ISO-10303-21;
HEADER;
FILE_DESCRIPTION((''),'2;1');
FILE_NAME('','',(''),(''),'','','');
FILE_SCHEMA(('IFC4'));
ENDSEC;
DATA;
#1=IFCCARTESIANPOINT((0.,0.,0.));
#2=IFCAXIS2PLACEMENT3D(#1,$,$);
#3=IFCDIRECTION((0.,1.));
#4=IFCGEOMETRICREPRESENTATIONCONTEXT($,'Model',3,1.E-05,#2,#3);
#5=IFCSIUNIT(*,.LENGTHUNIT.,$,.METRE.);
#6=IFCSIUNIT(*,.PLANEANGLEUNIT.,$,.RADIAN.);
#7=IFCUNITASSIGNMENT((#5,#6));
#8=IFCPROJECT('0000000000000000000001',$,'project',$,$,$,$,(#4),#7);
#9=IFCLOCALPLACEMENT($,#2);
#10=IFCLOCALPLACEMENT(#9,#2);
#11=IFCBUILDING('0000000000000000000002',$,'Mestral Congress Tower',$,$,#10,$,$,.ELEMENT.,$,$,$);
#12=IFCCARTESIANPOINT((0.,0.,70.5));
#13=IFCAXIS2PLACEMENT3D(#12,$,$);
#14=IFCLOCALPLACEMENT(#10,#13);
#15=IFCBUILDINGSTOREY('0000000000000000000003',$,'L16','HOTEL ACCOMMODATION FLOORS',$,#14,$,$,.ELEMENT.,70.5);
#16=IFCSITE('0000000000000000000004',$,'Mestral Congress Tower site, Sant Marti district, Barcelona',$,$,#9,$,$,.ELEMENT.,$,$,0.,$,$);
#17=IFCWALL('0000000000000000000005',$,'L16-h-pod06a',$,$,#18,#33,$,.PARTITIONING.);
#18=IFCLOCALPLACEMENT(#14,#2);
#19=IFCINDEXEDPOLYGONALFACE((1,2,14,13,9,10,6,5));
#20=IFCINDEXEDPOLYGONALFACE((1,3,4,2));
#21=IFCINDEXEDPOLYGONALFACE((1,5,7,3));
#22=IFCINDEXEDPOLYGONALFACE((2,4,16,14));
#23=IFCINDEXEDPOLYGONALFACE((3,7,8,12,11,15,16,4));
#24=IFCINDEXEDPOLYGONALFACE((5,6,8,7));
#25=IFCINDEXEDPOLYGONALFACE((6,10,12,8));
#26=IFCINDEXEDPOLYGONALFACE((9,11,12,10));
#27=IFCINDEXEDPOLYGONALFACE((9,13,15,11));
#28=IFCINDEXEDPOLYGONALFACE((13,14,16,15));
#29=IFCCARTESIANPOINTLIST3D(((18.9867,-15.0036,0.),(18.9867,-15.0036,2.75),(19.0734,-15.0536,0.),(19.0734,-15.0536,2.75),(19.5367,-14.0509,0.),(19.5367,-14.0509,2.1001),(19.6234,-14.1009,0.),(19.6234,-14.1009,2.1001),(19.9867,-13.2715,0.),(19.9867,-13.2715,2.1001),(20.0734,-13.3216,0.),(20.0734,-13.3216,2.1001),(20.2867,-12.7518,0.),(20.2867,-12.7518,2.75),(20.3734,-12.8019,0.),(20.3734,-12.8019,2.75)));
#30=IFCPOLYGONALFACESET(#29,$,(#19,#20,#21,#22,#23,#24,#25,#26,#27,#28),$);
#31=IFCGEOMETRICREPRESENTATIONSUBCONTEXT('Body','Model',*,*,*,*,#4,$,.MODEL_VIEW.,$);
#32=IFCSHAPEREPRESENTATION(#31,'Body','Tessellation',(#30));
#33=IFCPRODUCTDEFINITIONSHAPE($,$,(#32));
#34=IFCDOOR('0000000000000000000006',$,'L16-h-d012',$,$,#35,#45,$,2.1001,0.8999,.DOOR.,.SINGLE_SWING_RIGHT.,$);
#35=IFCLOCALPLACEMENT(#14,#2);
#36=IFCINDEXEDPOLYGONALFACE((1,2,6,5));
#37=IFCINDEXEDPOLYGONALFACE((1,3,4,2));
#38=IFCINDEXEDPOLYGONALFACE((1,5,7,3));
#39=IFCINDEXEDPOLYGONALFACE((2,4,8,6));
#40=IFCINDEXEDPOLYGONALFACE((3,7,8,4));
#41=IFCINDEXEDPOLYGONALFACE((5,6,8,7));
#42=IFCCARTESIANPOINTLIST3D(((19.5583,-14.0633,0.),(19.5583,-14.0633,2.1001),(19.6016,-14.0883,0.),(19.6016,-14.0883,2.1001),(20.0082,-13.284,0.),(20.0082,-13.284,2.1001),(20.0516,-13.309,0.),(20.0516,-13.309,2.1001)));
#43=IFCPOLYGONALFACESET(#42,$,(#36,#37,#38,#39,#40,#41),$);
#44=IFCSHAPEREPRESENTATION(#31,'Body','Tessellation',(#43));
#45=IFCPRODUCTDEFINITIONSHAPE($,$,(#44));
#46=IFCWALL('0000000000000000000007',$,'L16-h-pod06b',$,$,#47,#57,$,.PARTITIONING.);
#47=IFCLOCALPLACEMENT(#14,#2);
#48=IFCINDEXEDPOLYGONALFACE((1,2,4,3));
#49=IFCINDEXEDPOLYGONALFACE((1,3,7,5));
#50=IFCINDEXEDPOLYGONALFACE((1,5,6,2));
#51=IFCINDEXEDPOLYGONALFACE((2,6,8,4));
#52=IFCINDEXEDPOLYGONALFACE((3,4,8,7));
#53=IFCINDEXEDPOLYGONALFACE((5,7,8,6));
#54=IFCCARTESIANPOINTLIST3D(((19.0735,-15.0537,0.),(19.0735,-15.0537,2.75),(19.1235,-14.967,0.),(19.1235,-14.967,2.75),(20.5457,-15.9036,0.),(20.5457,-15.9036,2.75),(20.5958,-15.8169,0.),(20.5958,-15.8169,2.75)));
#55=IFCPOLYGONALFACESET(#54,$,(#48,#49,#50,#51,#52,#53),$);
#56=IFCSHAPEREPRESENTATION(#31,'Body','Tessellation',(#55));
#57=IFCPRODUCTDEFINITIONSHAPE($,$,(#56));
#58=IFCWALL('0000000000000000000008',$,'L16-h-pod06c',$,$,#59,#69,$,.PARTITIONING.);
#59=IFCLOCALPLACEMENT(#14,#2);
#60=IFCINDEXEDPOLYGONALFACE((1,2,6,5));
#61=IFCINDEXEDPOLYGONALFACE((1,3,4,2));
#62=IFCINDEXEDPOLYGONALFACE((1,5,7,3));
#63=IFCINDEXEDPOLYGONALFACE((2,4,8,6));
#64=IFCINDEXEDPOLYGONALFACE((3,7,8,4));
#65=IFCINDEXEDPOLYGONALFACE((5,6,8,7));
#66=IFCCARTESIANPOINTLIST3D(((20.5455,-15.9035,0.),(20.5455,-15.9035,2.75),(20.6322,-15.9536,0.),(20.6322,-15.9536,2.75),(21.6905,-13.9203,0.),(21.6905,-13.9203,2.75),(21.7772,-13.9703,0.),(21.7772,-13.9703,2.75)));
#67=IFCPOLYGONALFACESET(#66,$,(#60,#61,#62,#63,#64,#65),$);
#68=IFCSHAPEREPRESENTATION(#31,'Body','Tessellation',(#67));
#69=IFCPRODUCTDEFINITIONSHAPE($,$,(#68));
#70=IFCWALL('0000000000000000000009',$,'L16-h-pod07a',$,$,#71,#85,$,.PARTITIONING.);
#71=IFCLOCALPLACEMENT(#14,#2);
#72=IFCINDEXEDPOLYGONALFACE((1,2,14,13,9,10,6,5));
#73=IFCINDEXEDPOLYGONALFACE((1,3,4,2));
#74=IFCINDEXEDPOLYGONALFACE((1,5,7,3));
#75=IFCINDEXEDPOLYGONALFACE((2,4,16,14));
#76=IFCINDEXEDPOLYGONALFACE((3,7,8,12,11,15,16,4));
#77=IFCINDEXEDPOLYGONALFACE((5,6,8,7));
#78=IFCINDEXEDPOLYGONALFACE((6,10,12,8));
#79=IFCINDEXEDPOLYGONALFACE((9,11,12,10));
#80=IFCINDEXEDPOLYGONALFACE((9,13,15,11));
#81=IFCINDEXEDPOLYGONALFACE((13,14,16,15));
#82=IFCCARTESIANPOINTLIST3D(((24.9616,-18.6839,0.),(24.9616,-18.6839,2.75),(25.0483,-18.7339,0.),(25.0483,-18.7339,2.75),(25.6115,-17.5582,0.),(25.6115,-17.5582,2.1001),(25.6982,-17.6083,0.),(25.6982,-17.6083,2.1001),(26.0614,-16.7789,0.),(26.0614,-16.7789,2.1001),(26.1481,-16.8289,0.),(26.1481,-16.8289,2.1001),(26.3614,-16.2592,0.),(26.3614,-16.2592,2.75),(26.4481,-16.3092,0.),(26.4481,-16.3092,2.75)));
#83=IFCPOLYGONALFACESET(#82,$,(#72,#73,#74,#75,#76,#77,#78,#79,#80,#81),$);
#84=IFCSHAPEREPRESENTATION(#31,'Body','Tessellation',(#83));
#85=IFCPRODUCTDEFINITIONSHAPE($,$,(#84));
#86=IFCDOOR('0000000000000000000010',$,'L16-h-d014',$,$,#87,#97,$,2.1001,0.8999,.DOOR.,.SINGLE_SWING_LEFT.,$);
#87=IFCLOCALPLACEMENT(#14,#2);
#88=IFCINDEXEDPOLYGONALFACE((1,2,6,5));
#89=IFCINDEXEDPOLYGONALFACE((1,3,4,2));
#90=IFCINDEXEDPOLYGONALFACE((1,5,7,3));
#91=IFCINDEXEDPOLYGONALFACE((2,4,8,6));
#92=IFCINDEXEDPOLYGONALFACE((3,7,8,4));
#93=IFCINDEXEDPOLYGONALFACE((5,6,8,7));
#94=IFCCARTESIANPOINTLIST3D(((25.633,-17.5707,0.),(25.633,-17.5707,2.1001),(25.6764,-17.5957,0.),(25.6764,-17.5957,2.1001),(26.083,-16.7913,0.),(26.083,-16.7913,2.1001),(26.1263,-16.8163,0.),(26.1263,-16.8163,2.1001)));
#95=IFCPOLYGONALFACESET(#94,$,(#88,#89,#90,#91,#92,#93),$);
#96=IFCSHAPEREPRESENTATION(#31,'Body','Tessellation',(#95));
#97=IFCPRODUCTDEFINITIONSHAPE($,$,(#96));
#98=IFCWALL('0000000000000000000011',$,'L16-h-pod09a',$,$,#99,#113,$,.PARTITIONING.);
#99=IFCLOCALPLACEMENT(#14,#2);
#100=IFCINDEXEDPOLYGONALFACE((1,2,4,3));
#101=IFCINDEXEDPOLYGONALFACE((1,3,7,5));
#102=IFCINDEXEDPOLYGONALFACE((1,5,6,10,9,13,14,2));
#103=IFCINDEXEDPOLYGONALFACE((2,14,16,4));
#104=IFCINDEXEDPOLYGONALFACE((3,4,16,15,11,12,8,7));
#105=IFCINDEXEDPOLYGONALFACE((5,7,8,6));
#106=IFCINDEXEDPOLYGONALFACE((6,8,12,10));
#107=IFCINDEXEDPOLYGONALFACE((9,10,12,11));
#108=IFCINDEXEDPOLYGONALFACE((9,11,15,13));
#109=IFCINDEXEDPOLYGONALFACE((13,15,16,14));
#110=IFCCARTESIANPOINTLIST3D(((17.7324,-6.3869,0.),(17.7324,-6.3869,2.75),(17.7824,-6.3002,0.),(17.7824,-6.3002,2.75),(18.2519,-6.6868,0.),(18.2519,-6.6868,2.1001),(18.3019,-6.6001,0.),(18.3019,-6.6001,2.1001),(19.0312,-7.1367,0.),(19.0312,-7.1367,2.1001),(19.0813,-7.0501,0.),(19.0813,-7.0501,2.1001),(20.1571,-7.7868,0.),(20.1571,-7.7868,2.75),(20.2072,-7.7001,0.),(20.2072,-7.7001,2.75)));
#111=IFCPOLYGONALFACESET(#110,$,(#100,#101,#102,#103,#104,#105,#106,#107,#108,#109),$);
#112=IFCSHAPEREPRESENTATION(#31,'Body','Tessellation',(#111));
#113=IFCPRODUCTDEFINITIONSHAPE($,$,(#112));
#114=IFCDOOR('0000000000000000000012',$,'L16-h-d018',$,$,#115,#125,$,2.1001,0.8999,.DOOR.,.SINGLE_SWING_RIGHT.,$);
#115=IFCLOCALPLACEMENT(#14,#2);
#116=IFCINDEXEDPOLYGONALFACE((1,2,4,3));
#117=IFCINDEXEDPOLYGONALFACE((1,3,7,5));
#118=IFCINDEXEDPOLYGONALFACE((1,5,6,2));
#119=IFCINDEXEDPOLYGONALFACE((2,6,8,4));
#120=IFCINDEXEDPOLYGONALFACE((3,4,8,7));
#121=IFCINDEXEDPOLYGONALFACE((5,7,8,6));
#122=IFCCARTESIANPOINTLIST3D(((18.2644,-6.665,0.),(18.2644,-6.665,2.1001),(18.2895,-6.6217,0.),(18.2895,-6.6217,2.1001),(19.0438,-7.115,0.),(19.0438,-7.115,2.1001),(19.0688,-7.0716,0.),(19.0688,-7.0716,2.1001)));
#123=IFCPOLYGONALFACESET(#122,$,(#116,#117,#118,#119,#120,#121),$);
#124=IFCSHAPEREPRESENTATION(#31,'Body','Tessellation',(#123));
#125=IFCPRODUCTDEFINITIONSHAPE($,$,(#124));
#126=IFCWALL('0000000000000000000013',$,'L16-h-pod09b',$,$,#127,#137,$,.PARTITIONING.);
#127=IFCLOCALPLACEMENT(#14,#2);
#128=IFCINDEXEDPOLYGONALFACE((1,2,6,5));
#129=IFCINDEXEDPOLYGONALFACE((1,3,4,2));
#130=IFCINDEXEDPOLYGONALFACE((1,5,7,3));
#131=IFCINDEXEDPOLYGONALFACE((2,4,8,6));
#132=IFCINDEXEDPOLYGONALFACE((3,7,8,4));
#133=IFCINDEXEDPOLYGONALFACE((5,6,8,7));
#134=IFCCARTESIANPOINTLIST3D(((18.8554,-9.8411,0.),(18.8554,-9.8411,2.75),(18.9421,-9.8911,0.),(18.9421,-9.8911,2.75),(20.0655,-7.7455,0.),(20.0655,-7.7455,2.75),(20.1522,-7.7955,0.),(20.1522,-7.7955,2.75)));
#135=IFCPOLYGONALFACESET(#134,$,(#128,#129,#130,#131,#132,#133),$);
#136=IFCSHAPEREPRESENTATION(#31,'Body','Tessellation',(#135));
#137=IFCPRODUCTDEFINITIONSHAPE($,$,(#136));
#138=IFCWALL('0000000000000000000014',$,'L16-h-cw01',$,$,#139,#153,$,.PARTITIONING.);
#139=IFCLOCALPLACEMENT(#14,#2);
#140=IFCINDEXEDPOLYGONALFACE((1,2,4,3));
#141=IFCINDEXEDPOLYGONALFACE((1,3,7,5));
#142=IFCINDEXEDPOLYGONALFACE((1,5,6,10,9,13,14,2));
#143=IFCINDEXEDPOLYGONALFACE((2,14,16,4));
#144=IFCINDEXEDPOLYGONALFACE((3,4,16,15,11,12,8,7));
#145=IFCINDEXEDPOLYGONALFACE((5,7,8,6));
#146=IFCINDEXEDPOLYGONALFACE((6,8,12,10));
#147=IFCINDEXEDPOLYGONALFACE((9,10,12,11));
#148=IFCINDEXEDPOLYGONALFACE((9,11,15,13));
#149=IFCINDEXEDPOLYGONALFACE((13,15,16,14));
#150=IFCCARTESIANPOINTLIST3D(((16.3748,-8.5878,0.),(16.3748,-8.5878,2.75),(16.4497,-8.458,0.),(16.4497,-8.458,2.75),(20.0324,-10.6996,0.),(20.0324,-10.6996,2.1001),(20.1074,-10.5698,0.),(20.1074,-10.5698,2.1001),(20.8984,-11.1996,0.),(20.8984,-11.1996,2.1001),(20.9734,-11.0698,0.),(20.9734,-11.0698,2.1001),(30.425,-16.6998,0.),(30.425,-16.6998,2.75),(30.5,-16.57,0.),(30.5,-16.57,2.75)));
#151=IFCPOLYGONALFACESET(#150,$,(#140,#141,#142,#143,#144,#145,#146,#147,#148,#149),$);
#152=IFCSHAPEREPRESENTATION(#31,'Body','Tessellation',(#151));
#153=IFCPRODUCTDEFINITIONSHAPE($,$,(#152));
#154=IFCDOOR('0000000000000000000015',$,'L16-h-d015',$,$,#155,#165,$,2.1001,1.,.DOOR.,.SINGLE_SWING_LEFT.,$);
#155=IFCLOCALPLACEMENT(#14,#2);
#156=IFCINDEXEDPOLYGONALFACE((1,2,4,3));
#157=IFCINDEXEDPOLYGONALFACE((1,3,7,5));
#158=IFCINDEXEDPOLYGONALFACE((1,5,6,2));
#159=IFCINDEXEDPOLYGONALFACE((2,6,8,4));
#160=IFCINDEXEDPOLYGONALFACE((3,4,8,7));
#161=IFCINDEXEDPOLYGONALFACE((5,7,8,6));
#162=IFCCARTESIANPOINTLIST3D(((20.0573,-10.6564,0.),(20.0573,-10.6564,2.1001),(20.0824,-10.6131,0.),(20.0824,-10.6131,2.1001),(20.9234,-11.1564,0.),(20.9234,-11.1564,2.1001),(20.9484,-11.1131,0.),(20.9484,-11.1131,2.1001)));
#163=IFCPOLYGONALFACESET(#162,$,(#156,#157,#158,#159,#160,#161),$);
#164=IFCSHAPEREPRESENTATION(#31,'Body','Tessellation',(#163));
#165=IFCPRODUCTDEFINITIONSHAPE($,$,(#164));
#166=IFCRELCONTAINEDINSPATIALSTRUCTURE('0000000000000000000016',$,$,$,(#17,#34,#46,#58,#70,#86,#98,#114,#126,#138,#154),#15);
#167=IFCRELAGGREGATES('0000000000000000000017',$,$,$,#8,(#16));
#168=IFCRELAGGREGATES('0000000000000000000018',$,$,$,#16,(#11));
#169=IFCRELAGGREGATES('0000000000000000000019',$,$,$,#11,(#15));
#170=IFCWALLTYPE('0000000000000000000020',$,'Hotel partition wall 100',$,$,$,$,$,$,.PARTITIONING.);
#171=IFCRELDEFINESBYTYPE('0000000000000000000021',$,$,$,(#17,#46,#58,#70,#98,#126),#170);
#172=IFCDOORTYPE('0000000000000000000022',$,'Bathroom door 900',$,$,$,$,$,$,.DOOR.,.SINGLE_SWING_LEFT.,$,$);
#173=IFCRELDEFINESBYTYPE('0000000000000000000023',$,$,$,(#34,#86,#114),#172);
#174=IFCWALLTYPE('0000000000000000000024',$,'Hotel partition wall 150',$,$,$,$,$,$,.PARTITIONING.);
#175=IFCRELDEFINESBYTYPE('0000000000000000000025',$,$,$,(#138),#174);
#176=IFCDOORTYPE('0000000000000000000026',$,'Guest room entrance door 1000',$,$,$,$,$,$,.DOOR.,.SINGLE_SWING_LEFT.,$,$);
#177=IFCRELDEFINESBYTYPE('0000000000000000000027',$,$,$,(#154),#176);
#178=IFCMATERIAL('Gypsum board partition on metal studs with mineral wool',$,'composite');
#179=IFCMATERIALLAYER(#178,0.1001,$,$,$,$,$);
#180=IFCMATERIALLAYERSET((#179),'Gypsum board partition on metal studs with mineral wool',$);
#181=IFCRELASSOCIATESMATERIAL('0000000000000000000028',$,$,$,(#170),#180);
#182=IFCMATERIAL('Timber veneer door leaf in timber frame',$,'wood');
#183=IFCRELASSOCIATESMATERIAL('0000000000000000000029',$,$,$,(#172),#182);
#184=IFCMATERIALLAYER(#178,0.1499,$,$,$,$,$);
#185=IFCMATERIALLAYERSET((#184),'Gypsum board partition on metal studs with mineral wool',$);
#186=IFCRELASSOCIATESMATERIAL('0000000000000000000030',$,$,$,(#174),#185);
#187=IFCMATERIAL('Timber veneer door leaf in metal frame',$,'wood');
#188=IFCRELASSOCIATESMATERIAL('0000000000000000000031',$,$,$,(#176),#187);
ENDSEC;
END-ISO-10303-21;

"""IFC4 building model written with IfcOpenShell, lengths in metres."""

from ifc_helpers import new_model, si_unit, direction, frame, frame_2d, origin, place, context, subcontext, project, spatial, rectangle, extrude, material, layer, layer_set, type_object, element, fill, save


model = new_model("IFC4")

# Units and contexts
model_context = context("Model", 3, precision=1e-05, world=origin(), true_north=direction((0.0, 1.0)))
body_context = subcontext(model_context, "Body", "Model", "MODEL_VIEW")
ifc_project = project(units=[si_unit("LENGTHUNIT", "METRE"), si_unit("PLANEANGLEUNIT", "RADIAN")], contexts=[model_context])

# Site, building, storey
site_placement = place(None, origin())
site = spatial("IfcSite", under=ifc_project, at=site_placement, Name="Mestral Congress Tower site, Sant Marti district, Barcelona", CompositionType="ELEMENT", RefElevation=0.0)
building_placement = place(site_placement, origin())
building = spatial("IfcBuilding", under=site, at=building_placement, Name="Mestral Congress Tower", CompositionType="ELEMENT")
storey_placement = place(building_placement, frame((0.0, 0.0, 70.5)))
storey = spatial("IfcBuildingStorey", under=building, at=storey_placement, Name="L16", Description="HOTEL ACCOMMODATION FLOORS", CompositionType="ELEMENT", Elevation=70.5)

# Wall, opening, door
ifc_material_1 = material(Name="Gypsum board partition on metal studs with mineral wool", Category="composite")
ifc_layer_1 = layer(ifc_material_1, 0.1001)
ifc_layer_set_1 = layer_set([ifc_layer_1], Name="Gypsum board partition on metal studs with mineral wool")
wall_type_1 = type_object("IfcWallType", Name="Hotel partition wall 100", PredefinedType="PARTITIONING", material=ifc_layer_set_1)
wall_1_placement = place(storey_placement, frame((20.3301, -12.7769, 0.0), z_axis=(0.0, 0.0, 1.0), x_axis=(-0.500007, -0.866021, 0.0)))
wall_1 = element("IfcWall", 1, at=wall_1_placement, inside=storey, type_object=wall_type_1, Name="L16-h-pod06a", PredefinedType="PARTITIONING", context=body_context, shape_type="SweptSolid", body=[
    extrude(rectangle(XDim=2.6001, YDim=0.1001, at=frame_2d((1.3, 0.0))), origin(), (0.0, 0.0, 1.0), 2.75),
])
opening_1_placement = place(wall_1_placement, frame((0.6001, 0.0, 0.0)))
opening_1 = element("IfcOpeningElement", 2, at=opening_1_placement, cuts=wall_1, PredefinedType="OPENING", context=body_context, shape_type="SweptSolid", body=[
    extrude(rectangle(XDim=0.8999, YDim=2.1001, at=frame_2d((0.45, 1.05))), frame((0.0, 0.0601, 0.0), z_axis=(0.0, -1.0, 0.0), x_axis=(1.0, 0.0, 0.0)), (0.0, 0.0, 1.0), 0.1201),
])
ifc_material_2 = material(Name="Timber veneer door leaf in timber frame", Category="wood")
door_type_1 = type_object("IfcDoorType", Name="Bathroom door 900", OperationType="SINGLE_SWING_LEFT", PredefinedType="DOOR", material=ifc_material_2)
door_1_placement = place(opening_1_placement, origin())
door_1 = element("IfcDoor", 3, at=door_1_placement, inside=storey, type_object=door_type_1, Name="L16-h-d012", OperationType="SINGLE_SWING_RIGHT", OverallHeight=2.1001, OverallWidth=0.8999, PredefinedType="DOOR", context=body_context, shape_type="SweptSolid", body=[
    extrude(rectangle(XDim=0.8999, YDim=2.1001, at=frame_2d((0.45, 1.05))), frame((0.0, 0.0249, 0.0), z_axis=(0.0, -1.0, 0.0), x_axis=(1.0, 0.0, 0.0)), (0.0, 0.0, 1.0), 0.05),
])
fill(opening_1, door_1)

# Walls
wall_2_placement = place(storey_placement, frame((19.0984, -15.0103, 0.0), z_axis=(0.0, 0.0, 1.0), x_axis=(0.866052, -0.499955, 0.0)))
element("IfcWall", 4, at=wall_2_placement, inside=storey, type_object=wall_type_1, Name="L16-h-pod06b", PredefinedType="PARTITIONING", context=body_context, shape_type="SweptSolid", body=[
    extrude(rectangle(XDim=1.7, YDim=0.1001, at=frame_2d((0.8501, 0.0))), origin(), (0.0, 0.0, 1.0), 2.75),
])
wall_3_placement = place(storey_placement, frame((21.7339, -13.9453, 0.0), z_axis=(0.0, 0.0, 1.0), x_axis=(-0.500015, -0.866017, 0.0)))
element("IfcWall", 5, at=wall_3_placement, inside=storey, type_object=wall_type_1, Name="L16-h-pod06c", PredefinedType="PARTITIONING", context=body_context, shape_type="SweptSolid", body=[
    extrude(rectangle(XDim=2.29, YDim=0.1001, at=frame_2d((1.145, 0.0))), origin(), (0.0, 0.0, 1.0), 2.75),
])

# Walls, openings, doors
wall_4_placement = place(storey_placement, frame((26.4048, -16.2842, 0.0), z_axis=(0.0, 0.0, 1.0), x_axis=(-0.499984, -0.866035, 0.0)))
wall_4 = element("IfcWall", 6, at=wall_4_placement, inside=storey, type_object=wall_type_1, Name="L16-h-pod07a", PredefinedType="PARTITIONING", context=body_context, shape_type="SweptSolid", body=[
    extrude(rectangle(XDim=2.7998, YDim=0.1001, at=frame_2d((1.3999, 0.0))), origin(), (0.0, 0.0, 1.0), 2.75),
])
opening_2_placement = place(wall_4_placement, frame((0.6001, 0.0, 0.0)))
opening_2 = element("IfcOpeningElement", 7, at=opening_2_placement, cuts=wall_4, PredefinedType="OPENING", context=body_context, shape_type="SweptSolid", body=[
    extrude(rectangle(XDim=0.8999, YDim=2.1001, at=frame_2d((0.45, 1.05))), frame((0.0, 0.0601, 0.0), z_axis=(0.0, -1.0, 0.0), x_axis=(1.0, 0.0, 0.0)), (0.0, 0.0, 1.0), 0.1201),
])
door_2_placement = place(opening_2_placement, origin())
door_2 = element("IfcDoor", 8, at=door_2_placement, inside=storey, type_object=door_type_1, Name="L16-h-d014", OperationType="SINGLE_SWING_LEFT", OverallHeight=2.1001, OverallWidth=0.8999, PredefinedType="DOOR", context=body_context, shape_type="SweptSolid", body=[
    extrude(rectangle(XDim=0.8999, YDim=2.1001, at=frame_2d((0.45, 1.05))), frame((0.0, 0.0249, 0.0), z_axis=(0.0, -1.0, 0.0), x_axis=(1.0, 0.0, 0.0)), (0.0, 0.0, 1.0), 0.05),
])
fill(opening_2, door_2)
wall_5_placement = place(storey_placement, frame((20.1821, -7.7434, 0.0), z_axis=(0.0, 0.0, 1.0), x_axis=(-0.866035, 0.499984, 0.0)))
wall_5 = element("IfcWall", 9, at=wall_5_placement, inside=storey, type_object=wall_type_1, Name="L16-h-pod09a", PredefinedType="PARTITIONING", context=body_context, shape_type="SweptSolid", body=[
    extrude(rectangle(XDim=2.7998, YDim=0.1001, at=frame_2d((1.3999, 0.0))), origin(), (0.0, 0.0, 1.0), 2.75),
])
opening_3_placement = place(wall_5_placement, frame((1.3, 0.0, 0.0)))
opening_3 = element("IfcOpeningElement", 10, at=opening_3_placement, cuts=wall_5, PredefinedType="OPENING", context=body_context, shape_type="SweptSolid", body=[
    extrude(rectangle(XDim=0.8999, YDim=2.1001, at=frame_2d((0.45, 1.05))), frame((0.0, 0.0601, 0.0), z_axis=(0.0, -1.0, 0.0), x_axis=(1.0, 0.0, 0.0)), (0.0, 0.0, 1.0), 0.1201),
])
door_3_placement = place(opening_3_placement, origin())
door_3 = element("IfcDoor", 11, at=door_3_placement, inside=storey, type_object=door_type_1, Name="L16-h-d018", OperationType="SINGLE_SWING_RIGHT", OverallHeight=2.1001, OverallWidth=0.8999, PredefinedType="DOOR", context=body_context, shape_type="SweptSolid", body=[
    extrude(rectangle(XDim=0.8999, YDim=2.1001, at=frame_2d((0.45, 1.05))), frame((0.0, 0.0249, 0.0), z_axis=(0.0, -1.0, 0.0), x_axis=(1.0, 0.0, 0.0)), (0.0, 0.0, 1.0), 0.05),
])
fill(opening_3, door_3)

# Wall
wall_6_placement = place(storey_placement, frame((20.1089, -7.7705, 0.0), z_axis=(0.0, 0.0, 1.0), x_axis=(-0.500078, -0.865981, 0.0)))
element("IfcWall", 12, at=wall_6_placement, inside=storey, type_object=wall_type_1, Name="L16-h-pod09b", PredefinedType="PARTITIONING", context=body_context, shape_type="SweptSolid", body=[
    extrude(rectangle(XDim=2.4199, YDim=0.1001, at=frame_2d((1.21, 0.0))), origin(), (0.0, 0.0, 1.0), 2.75),
])

# Wall, opening, door
ifc_layer_2 = layer(ifc_material_1, 0.1499)
ifc_layer_set_2 = layer_set([ifc_layer_2], Name="Gypsum board partition on metal studs with mineral wool")
wall_type_2 = type_object("IfcWallType", Name="Hotel partition wall 150", PredefinedType="PARTITIONING", material=ifc_layer_set_2)
wall_7_placement = place(storey_placement, frame((16.4124, -8.5229, 0.0), z_axis=(0.0, 0.0, 1.0), x_axis=(0.866022, -0.500006, 0.0)))
wall_7 = element("IfcWall", 13, at=wall_7_placement, inside=storey, type_object=wall_type_2, Name="L16-h-cw01", PredefinedType="PARTITIONING", context=body_context, shape_type="SweptSolid", body=[
    extrude(rectangle(XDim=16.2239, YDim=0.1499, at=frame_2d((8.1118, 0.0))), origin(), (0.0, 0.0, 1.0), 2.75),
])
opening_4_placement = place(wall_7_placement, frame((4.2234, 0.0, 0.0)))
opening_4 = element("IfcOpeningElement", 14, at=opening_4_placement, cuts=wall_7, PredefinedType="OPENING", context=body_context, shape_type="SweptSolid", body=[
    extrude(rectangle(XDim=1.0, YDim=2.1001, at=frame_2d((0.5, 1.05))), frame((0.0, 0.085, 0.0), z_axis=(0.0, -1.0, 0.0), x_axis=(1.0, 0.0, 0.0)), (0.0, 0.0, 1.0), 0.1699),
])
ifc_material_3 = material(Name="Timber veneer door leaf in metal frame", Category="wood")
door_type_2 = type_object("IfcDoorType", Name="Guest room entrance door 1000", OperationType="SINGLE_SWING_LEFT", PredefinedType="DOOR", material=ifc_material_3)
door_4_placement = place(opening_4_placement, origin())
door_4 = element("IfcDoor", 15, at=door_4_placement, inside=storey, type_object=door_type_2, Name="L16-h-d015", OperationType="SINGLE_SWING_LEFT", OverallHeight=2.1001, OverallWidth=1.0, PredefinedType="DOOR", context=body_context, shape_type="SweptSolid", body=[
    extrude(rectangle(XDim=1.0, YDim=2.1001, at=frame_2d((0.5, 1.05))), frame((0.0, 0.0249, 0.0), z_axis=(0.0, -1.0, 0.0), x_axis=(1.0, 0.0, 0.0)), (0.0, 0.0, 1.0), 0.05),
])
fill(opening_4, door_4)

save(model, "model.ifc")
